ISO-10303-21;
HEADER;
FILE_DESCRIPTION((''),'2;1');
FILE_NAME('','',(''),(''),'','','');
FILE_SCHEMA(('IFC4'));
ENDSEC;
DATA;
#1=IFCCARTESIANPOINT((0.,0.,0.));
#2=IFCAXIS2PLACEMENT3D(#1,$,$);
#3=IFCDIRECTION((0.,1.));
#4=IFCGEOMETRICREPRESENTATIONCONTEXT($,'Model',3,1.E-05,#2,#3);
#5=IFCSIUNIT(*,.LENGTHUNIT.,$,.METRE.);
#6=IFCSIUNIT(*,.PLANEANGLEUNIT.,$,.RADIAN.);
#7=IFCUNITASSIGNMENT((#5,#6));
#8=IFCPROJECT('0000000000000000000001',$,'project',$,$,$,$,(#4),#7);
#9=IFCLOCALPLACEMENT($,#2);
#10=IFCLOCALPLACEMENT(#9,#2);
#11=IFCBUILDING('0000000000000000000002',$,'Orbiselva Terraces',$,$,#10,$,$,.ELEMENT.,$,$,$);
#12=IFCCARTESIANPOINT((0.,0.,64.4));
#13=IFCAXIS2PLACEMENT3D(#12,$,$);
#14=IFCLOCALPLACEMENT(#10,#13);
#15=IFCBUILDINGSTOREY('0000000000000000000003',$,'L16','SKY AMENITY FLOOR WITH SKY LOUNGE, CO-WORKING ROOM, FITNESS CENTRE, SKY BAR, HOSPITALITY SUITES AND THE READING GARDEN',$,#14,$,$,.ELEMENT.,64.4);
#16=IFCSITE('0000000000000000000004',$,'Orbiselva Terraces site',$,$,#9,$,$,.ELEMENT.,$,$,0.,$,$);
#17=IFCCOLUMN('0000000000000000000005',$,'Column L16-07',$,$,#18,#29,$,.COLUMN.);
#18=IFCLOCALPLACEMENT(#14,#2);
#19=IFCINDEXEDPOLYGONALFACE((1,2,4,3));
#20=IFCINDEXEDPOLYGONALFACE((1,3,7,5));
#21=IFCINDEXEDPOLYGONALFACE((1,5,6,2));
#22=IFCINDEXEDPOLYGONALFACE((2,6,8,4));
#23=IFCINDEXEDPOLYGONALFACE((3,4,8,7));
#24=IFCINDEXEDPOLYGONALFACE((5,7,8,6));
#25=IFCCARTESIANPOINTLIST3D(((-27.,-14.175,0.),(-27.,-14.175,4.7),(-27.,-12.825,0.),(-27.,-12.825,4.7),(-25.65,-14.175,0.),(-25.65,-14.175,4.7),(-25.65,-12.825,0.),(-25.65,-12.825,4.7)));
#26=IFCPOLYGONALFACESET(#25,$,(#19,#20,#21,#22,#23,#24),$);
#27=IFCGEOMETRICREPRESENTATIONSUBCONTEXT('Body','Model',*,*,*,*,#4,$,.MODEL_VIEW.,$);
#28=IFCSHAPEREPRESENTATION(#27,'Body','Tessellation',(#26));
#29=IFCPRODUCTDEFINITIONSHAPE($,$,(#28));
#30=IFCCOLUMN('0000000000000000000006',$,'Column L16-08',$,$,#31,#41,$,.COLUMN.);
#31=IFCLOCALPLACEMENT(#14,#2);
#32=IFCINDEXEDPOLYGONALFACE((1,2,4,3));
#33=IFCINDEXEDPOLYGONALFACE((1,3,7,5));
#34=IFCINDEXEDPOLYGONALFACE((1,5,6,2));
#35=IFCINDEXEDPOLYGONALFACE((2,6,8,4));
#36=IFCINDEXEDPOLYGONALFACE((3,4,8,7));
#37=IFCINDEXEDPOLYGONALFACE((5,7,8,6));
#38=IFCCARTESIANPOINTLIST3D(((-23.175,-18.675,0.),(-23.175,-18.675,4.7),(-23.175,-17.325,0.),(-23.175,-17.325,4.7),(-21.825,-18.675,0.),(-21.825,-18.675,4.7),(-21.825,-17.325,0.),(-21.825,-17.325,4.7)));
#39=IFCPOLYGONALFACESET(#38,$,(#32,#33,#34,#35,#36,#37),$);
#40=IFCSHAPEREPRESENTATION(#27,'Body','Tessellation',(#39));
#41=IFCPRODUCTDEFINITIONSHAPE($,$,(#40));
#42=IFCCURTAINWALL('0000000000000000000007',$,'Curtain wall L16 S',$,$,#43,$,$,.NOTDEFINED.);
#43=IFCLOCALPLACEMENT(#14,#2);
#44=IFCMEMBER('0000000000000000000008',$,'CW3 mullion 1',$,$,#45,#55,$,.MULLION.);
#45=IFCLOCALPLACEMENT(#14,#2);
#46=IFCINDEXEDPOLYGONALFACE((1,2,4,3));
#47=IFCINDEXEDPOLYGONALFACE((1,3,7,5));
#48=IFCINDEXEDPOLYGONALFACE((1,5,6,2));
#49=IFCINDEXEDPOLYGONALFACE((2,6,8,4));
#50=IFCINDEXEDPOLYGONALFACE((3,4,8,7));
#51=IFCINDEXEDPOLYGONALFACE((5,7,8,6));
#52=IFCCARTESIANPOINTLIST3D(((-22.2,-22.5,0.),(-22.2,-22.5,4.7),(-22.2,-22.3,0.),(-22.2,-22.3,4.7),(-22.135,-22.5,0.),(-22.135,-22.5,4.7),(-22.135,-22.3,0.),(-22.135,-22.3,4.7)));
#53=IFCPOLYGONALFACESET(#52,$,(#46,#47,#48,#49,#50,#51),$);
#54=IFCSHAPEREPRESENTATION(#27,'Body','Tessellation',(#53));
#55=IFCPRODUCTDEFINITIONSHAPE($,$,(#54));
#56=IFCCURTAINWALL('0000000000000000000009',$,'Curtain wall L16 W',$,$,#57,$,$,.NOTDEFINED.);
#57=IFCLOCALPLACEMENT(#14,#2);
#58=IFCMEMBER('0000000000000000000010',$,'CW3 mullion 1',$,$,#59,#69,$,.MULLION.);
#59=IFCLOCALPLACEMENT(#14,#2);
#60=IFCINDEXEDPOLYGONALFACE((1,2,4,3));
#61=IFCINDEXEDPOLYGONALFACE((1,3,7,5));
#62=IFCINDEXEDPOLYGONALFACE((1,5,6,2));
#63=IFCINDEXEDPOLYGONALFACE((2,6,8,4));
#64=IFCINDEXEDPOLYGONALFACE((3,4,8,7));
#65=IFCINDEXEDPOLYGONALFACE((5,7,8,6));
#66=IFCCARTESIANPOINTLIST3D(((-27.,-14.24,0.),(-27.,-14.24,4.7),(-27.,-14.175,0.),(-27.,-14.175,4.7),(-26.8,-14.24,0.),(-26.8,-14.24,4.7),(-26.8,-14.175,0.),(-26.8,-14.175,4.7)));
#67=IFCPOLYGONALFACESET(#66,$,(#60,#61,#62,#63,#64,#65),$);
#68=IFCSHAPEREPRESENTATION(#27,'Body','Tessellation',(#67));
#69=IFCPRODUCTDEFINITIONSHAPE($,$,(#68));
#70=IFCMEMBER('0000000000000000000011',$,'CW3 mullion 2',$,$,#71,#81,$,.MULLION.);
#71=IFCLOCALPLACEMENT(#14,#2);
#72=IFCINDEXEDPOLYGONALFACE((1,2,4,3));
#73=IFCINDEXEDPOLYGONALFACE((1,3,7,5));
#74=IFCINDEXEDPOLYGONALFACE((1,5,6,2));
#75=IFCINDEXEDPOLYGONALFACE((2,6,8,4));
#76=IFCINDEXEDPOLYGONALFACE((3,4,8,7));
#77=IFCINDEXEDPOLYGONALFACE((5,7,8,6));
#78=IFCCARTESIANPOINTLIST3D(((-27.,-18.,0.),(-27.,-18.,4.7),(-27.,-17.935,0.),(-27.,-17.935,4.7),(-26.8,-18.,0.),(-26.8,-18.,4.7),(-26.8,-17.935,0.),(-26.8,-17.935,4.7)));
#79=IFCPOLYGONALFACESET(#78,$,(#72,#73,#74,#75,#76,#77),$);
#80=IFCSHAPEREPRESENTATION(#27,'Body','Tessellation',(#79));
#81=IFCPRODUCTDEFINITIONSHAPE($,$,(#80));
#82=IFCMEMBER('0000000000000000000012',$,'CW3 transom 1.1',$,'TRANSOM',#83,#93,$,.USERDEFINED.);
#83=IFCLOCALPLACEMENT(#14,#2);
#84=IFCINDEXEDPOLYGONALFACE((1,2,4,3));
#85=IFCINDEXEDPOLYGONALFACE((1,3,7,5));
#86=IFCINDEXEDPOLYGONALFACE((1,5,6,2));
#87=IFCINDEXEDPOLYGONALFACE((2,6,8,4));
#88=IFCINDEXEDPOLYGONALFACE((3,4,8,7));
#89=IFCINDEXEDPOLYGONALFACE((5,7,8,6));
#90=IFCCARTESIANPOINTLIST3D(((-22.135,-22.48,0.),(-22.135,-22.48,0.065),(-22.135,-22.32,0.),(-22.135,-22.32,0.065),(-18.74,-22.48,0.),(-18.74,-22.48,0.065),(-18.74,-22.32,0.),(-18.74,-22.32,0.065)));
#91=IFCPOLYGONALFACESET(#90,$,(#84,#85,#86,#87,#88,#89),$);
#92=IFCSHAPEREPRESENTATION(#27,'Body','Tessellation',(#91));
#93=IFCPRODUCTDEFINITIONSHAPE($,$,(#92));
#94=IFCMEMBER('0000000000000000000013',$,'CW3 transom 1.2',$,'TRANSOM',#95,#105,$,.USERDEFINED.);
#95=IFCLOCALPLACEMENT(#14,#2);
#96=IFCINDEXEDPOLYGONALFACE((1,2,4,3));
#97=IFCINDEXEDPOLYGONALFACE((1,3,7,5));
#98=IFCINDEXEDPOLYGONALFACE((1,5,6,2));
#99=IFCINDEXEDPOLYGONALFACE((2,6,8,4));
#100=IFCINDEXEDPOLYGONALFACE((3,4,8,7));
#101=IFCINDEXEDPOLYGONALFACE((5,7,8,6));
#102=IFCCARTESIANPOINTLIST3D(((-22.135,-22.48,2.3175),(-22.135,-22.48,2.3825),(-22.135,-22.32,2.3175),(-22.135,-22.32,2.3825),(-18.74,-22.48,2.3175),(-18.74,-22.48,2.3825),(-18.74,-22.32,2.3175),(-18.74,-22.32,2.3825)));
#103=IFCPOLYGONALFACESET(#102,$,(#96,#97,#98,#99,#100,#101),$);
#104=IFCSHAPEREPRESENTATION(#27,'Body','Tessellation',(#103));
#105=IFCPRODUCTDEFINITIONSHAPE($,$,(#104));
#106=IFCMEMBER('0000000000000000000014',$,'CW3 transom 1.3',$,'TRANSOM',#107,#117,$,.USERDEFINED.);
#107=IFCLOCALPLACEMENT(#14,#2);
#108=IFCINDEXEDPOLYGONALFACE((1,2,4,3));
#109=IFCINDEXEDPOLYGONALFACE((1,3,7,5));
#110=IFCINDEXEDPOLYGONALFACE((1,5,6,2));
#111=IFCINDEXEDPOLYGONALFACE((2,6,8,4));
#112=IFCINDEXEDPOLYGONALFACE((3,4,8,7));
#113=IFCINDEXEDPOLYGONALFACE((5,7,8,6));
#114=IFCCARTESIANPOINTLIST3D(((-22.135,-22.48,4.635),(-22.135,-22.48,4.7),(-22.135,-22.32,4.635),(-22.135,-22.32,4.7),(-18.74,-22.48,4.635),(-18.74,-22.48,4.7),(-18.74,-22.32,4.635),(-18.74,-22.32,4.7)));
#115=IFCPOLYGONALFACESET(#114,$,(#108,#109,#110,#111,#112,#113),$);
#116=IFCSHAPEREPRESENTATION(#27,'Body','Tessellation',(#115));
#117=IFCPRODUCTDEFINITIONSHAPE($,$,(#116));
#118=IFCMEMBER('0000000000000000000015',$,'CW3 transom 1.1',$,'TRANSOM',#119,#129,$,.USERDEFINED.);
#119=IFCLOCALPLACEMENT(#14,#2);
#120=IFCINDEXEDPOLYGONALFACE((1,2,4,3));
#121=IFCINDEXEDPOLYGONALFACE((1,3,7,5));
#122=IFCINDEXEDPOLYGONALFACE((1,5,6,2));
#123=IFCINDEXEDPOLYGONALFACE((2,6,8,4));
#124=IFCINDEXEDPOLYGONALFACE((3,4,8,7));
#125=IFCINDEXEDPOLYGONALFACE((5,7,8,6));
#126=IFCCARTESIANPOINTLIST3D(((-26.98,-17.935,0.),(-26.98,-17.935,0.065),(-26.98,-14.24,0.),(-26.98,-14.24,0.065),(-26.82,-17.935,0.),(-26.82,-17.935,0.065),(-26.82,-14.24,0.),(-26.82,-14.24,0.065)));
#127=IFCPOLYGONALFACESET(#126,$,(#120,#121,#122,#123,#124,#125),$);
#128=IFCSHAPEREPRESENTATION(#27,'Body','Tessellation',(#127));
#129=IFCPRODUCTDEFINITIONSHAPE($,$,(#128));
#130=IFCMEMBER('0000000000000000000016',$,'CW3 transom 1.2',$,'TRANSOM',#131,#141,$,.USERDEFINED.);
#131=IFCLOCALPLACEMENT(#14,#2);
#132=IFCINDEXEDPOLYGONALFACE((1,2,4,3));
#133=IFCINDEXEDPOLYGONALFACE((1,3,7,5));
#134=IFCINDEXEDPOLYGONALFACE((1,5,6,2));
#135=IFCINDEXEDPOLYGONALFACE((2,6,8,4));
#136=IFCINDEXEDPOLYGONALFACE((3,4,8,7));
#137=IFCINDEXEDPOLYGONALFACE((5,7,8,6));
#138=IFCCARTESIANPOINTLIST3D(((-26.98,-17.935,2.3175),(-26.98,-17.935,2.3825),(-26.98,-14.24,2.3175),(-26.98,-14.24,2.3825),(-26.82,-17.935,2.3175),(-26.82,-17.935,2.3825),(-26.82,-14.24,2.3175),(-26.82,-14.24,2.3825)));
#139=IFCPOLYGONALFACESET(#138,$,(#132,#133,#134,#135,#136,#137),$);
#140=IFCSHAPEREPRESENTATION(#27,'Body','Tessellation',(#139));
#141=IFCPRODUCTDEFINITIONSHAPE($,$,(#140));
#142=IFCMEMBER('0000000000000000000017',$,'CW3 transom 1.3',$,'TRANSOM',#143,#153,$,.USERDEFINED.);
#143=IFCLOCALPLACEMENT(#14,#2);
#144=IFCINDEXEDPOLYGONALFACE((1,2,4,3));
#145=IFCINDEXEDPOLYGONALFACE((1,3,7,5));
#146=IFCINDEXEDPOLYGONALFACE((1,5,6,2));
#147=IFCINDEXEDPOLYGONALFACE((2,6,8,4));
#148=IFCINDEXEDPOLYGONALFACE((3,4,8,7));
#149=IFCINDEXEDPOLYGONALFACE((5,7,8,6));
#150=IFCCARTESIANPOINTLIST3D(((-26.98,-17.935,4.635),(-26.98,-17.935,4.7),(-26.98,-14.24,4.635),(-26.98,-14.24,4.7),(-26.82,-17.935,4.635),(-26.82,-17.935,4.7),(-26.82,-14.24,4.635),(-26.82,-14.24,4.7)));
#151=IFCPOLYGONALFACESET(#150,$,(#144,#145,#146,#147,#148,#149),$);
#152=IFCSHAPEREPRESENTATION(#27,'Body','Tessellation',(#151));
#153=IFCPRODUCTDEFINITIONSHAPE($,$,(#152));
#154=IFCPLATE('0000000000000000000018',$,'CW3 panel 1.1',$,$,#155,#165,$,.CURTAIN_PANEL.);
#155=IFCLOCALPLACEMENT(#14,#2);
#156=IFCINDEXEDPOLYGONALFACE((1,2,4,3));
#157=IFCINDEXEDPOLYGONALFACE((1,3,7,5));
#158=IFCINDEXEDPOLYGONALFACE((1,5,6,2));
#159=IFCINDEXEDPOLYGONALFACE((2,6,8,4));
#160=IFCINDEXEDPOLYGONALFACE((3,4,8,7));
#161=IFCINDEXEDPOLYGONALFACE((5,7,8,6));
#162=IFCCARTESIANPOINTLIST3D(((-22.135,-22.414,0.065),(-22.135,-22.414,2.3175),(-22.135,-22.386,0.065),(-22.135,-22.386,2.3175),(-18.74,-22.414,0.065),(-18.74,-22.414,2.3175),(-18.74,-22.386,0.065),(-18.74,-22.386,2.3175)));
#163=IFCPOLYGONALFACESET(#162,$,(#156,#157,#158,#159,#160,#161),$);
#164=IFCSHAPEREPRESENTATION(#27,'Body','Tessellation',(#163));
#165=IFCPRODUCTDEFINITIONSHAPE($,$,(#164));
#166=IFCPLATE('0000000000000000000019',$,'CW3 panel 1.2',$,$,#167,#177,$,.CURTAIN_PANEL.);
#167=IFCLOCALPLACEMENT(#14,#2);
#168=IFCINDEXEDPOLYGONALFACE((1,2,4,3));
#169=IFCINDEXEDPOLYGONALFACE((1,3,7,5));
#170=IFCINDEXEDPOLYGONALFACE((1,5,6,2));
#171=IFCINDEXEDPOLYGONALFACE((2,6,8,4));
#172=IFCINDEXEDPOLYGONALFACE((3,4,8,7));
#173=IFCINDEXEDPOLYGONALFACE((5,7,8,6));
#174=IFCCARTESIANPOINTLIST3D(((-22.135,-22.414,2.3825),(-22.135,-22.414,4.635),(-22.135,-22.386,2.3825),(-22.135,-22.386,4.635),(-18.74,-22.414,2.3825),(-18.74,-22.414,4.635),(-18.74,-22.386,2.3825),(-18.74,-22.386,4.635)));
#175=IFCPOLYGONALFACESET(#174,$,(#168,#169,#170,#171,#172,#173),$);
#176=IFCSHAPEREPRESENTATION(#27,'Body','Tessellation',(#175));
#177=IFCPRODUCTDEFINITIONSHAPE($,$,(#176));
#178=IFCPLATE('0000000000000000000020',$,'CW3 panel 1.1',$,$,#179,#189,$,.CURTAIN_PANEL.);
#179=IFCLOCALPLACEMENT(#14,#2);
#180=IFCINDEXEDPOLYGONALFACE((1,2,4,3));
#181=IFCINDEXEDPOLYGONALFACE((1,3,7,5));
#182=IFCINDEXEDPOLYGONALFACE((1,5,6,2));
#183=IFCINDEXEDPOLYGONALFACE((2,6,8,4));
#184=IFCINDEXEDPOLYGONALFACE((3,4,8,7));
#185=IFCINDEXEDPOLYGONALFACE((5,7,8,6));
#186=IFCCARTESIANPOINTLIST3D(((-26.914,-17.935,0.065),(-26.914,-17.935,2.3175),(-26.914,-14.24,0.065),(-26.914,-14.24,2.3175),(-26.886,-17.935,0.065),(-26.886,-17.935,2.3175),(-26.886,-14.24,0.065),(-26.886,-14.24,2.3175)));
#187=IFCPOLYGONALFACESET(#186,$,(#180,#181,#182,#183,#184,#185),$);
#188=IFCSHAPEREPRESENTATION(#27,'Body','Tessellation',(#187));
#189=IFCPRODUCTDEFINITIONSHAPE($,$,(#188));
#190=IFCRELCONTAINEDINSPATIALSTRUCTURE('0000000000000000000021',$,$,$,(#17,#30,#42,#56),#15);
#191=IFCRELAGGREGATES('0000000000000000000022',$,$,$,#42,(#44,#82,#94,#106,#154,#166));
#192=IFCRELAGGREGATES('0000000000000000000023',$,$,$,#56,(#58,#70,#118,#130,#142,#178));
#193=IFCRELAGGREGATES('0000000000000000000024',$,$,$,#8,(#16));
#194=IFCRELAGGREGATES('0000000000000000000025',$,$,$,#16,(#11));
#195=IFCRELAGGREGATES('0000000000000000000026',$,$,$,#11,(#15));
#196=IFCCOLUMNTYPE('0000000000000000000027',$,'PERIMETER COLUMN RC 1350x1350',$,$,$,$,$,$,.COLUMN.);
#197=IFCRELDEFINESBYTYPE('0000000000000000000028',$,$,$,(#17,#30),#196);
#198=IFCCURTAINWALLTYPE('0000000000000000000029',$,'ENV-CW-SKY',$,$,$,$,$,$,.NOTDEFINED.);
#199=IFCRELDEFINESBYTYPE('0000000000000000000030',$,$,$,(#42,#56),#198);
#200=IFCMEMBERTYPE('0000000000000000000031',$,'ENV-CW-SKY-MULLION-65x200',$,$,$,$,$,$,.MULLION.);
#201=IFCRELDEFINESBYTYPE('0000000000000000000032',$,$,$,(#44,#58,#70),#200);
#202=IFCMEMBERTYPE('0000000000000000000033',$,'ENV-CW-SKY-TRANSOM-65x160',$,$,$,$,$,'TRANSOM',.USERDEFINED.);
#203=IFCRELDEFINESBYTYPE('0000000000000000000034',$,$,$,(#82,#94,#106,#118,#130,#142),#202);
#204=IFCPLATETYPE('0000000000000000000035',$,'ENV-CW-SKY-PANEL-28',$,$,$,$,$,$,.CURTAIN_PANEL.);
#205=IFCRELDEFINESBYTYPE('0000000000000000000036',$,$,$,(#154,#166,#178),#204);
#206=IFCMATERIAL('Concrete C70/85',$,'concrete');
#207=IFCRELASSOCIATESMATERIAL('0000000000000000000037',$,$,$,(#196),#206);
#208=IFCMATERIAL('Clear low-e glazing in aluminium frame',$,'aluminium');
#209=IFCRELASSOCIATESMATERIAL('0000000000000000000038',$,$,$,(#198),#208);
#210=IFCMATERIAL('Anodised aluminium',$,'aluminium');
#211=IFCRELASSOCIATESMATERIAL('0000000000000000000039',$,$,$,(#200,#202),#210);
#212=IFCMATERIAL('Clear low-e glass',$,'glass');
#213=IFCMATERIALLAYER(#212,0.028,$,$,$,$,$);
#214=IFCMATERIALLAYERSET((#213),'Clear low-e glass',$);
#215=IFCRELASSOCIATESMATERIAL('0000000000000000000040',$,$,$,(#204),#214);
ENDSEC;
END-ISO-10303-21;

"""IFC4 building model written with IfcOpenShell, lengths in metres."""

from ifc_helpers import new_model, si_unit, direction, frame, origin, origin_2d, place, context, subcontext, project, spatial, rectangle, extrude, material, layer, layer_set, material_profile, profile_set, type_object, element, aggregate, save


model = new_model("IFC4")

# Units and contexts
model_context = context("Model", 3, precision=1e-05, world=origin(), true_north=direction((0.0, 1.0)))
body_context = subcontext(model_context, "Body", "Model", "MODEL_VIEW")
ifc_project = project(units=[si_unit("LENGTHUNIT", "METRE"), si_unit("PLANEANGLEUNIT", "RADIAN")], contexts=[model_context])

# Site, building, storey
site_placement = place(None, origin())
site = spatial("IfcSite", under=ifc_project, at=site_placement, Name="Orbiselva Terraces site", CompositionType="ELEMENT", RefElevation=0.0)
building_placement = place(site_placement, origin())
building = spatial("IfcBuilding", under=site, at=building_placement, Name="Orbiselva Terraces", CompositionType="ELEMENT")
storey_placement = place(building_placement, frame((0.0, 0.0, 64.4)))
storey = spatial("IfcBuildingStorey", under=building, at=storey_placement, Name="L16", Description="SKY AMENITY FLOOR WITH SKY LOUNGE, CO-WORKING ROOM, FITNESS CENTRE, SKY BAR, HOSPITALITY SUITES AND THE READING GARDEN", CompositionType="ELEMENT", Elevation=64.4)

# Columns
ifc_material_1 = material(Name="Concrete C70/85", Category="concrete")
ifc_material_profile_1 = material_profile(ifc_material_1, rectangle(XDim=1.35, YDim=1.35, at=origin_2d()), Name="RC 1350x1350")
ifc_profile_set_1 = profile_set([ifc_material_profile_1], Name="Concrete C70/85")
column_type = type_object("IfcColumnType", Name="PERIMETER COLUMN RC 1350x1350", PredefinedType="COLUMN", material=ifc_profile_set_1)
for number, where, z_axis, x_axis, name in (
    (1, (-26.325, -13.5, 0.0), (0.0, 0.0, 1.0), (1.0, 0.0, 0.0), "Column L16-07"),
    (2, (-22.5, -18.0, 0.0), (0.0, 0.0, 1.0), (1.0, 0.0, 0.0), "Column L16-08"),
):
    element("IfcColumn", number, at=place(storey_placement, frame(where, z_axis=z_axis, x_axis=x_axis)), inside=storey, type_object=column_type, Name=name, PredefinedType="COLUMN", context=body_context, shape_type="SweptSolid", body=[
        extrude(rectangle(XDim=1.35, YDim=1.35, at=origin_2d()), origin(), (0.0, 0.0, 1.0), 4.7),
    ])

# Curtain wall, member
ifc_material_2 = material(Name="Clear low-e glazing in aluminium frame", Category="aluminium")
curtain_wall_type = type_object("IfcCurtainWallType", Name="ENV-CW-SKY", PredefinedType="NOTDEFINED", material=ifc_material_2)
curtain_wall_1_placement = place(storey_placement, origin())
curtain_wall_1 = element("IfcCurtainWall", 3, at=curtain_wall_1_placement, inside=storey, type_object=curtain_wall_type, Name="Curtain wall L16 S", PredefinedType="NOTDEFINED")
ifc_material_3 = material(Name="Anodised aluminium", Category="aluminium")
ifc_material_profile_2 = material_profile(ifc_material_3, rectangle(XDim=0.2, YDim=0.065, at=origin_2d()), Name="AL 65x200")
ifc_profile_set_2 = profile_set([ifc_material_profile_2], Name="Anodised aluminium")
member_type_1 = type_object("IfcMemberType", Name="ENV-CW-SKY-MULLION-65x200", PredefinedType="MULLION", material=ifc_profile_set_2)
member_1_placement = place(storey_placement, frame((-22.1675, -22.4, 0.0), z_axis=(0.0, 0.0, 1.0), x_axis=(0.0, 1.0, 0.0)))
member_1 = element("IfcMember", 4, at=member_1_placement, type_object=member_type_1, Name="CW3 mullion 1", PredefinedType="MULLION", context=body_context, shape_type="SweptSolid", body=[
    extrude(rectangle(XDim=0.2, YDim=0.065, at=origin_2d()), origin(), (0.0, 0.0, 1.0), 4.7),
])

# Curtain wall, members
curtain_wall_2_placement = place(storey_placement, origin())
curtain_wall_2 = element("IfcCurtainWall", 5, at=curtain_wall_2_placement, inside=storey, type_object=curtain_wall_type, Name="Curtain wall L16 W", PredefinedType="NOTDEFINED")
member_2_placement = place(storey_placement, frame((-26.9, -14.2075, 0.0), z_axis=(0.0, 0.0, 1.0), x_axis=(1.0, 0.0, 0.0)))
member_2 = element("IfcMember", 6, at=member_2_placement, type_object=member_type_1, Name="CW3 mullion 1", PredefinedType="MULLION", context=body_context, shape_type="SweptSolid", body=[
    extrude(rectangle(XDim=0.2, YDim=0.065, at=origin_2d()), origin(), (0.0, 0.0, 1.0), 4.7),
])
member_3_placement = place(storey_placement, frame((-26.9, -17.9675, 0.0), z_axis=(0.0, 0.0, 1.0), x_axis=(1.0, 0.0, 0.0)))
member_3 = element("IfcMember", 7, at=member_3_placement, type_object=member_type_1, Name="CW3 mullion 2", PredefinedType="MULLION", context=body_context, shape_type="SweptSolid", body=[
    extrude(rectangle(XDim=0.2, YDim=0.065, at=origin_2d()), origin(), (0.0, 0.0, 1.0), 4.7),
])

# Members
ifc_material_profile_3 = material_profile(ifc_material_3, rectangle(XDim=0.16, YDim=0.065, at=origin_2d()), Name="AL 65x160")
ifc_profile_set_3 = profile_set([ifc_material_profile_3], Name="Anodised aluminium")
member_type_2 = type_object("IfcMemberType", Name="ENV-CW-SKY-TRANSOM-65x160", ElementType="TRANSOM", PredefinedType="USERDEFINED", material=ifc_profile_set_3)
member_4_placement = place(storey_placement, frame((-22.135, -22.4, 0.0325), z_axis=(1.0, 0.0, 0.0), x_axis=(0.0, 1.0, 0.0)))
member_4 = element("IfcMember", 8, at=member_4_placement, type_object=member_type_2, Name="CW3 transom 1.1", ObjectType="TRANSOM", PredefinedType="USERDEFINED", context=body_context, shape_type="SweptSolid", body=[
    extrude(rectangle(XDim=0.16, YDim=0.065, at=origin_2d()), origin(), (0.0, 0.0, 1.0), 3.395),
])
member_5_placement = place(storey_placement, frame((-22.135, -22.4, 2.35), z_axis=(1.0, 0.0, 0.0), x_axis=(0.0, 1.0, 0.0)))
member_5 = element("IfcMember", 9, at=member_5_placement, type_object=member_type_2, Name="CW3 transom 1.2", ObjectType="TRANSOM", PredefinedType="USERDEFINED", context=body_context, shape_type="SweptSolid", body=[
    extrude(rectangle(XDim=0.16, YDim=0.065, at=origin_2d()), origin(), (0.0, 0.0, 1.0), 3.395),
])
member_6_placement = place(storey_placement, frame((-22.135, -22.4, 4.6675), z_axis=(1.0, 0.0, 0.0), x_axis=(0.0, 1.0, 0.0)))
member_6 = element("IfcMember", 10, at=member_6_placement, type_object=member_type_2, Name="CW3 transom 1.3", ObjectType="TRANSOM", PredefinedType="USERDEFINED", context=body_context, shape_type="SweptSolid", body=[
    extrude(rectangle(XDim=0.16, YDim=0.065, at=origin_2d()), origin(), (0.0, 0.0, 1.0), 3.395),
])
member_7_placement = place(storey_placement, frame((-26.9, -14.24, 0.0325), z_axis=(0.0, -1.0, 0.0), x_axis=(1.0, 0.0, 0.0)))
member_7 = element("IfcMember", 11, at=member_7_placement, type_object=member_type_2, Name="CW3 transom 1.1", ObjectType="TRANSOM", PredefinedType="USERDEFINED", context=body_context, shape_type="SweptSolid", body=[
    extrude(rectangle(XDim=0.16, YDim=0.065, at=origin_2d()), origin(), (0.0, 0.0, 1.0), 3.695),
])
member_8_placement = place(storey_placement, frame((-26.9, -14.24, 2.35), z_axis=(0.0, -1.0, 0.0), x_axis=(1.0, 0.0, 0.0)))
member_8 = element("IfcMember", 12, at=member_8_placement, type_object=member_type_2, Name="CW3 transom 1.2", ObjectType="TRANSOM", PredefinedType="USERDEFINED", context=body_context, shape_type="SweptSolid", body=[
    extrude(rectangle(XDim=0.16, YDim=0.065, at=origin_2d()), origin(), (0.0, 0.0, 1.0), 3.695),
])
member_9_placement = place(storey_placement, frame((-26.9, -14.24, 4.6675), z_axis=(0.0, -1.0, 0.0), x_axis=(1.0, 0.0, 0.0)))
member_9 = element("IfcMember", 13, at=member_9_placement, type_object=member_type_2, Name="CW3 transom 1.3", ObjectType="TRANSOM", PredefinedType="USERDEFINED", context=body_context, shape_type="SweptSolid", body=[
    extrude(rectangle(XDim=0.16, YDim=0.065, at=origin_2d()), origin(), (0.0, 0.0, 1.0), 3.695),
])

# Plates
ifc_material_4 = material(Name="Clear low-e glass", Category="glass")
ifc_layer_1 = layer(ifc_material_4, 0.028)
ifc_layer_set_1 = layer_set([ifc_layer_1], Name="Clear low-e glass")
plate_type = type_object("IfcPlateType", Name="ENV-CW-SKY-PANEL-28", PredefinedType="CURTAIN_PANEL", material=ifc_layer_set_1)
plate_1_placement = place(storey_placement, frame((-20.4375, -22.4, 0.065), z_axis=(0.0, 0.0, 1.0), x_axis=(1.0, 0.0, 0.0)))
plate_1 = element("IfcPlate", 14, at=plate_1_placement, type_object=plate_type, Name="CW3 panel 1.1", PredefinedType="CURTAIN_PANEL", context=body_context, shape_type="SweptSolid", body=[
    extrude(rectangle(XDim=3.395, YDim=0.028, at=origin_2d()), origin(), (0.0, 0.0, 1.0), 2.2525),
])
plate_2_placement = place(storey_placement, frame((-20.4375, -22.4, 2.3825), z_axis=(0.0, 0.0, 1.0), x_axis=(1.0, 0.0, 0.0)))
plate_2 = element("IfcPlate", 15, at=plate_2_placement, type_object=plate_type, Name="CW3 panel 1.2", PredefinedType="CURTAIN_PANEL", context=body_context, shape_type="SweptSolid", body=[
    extrude(rectangle(XDim=3.395, YDim=0.028, at=origin_2d()), origin(), (0.0, 0.0, 1.0), 2.2525),
])
aggregate(curtain_wall_1, [member_1, member_4, member_5, member_6, plate_1, plate_2])
plate_3_placement = place(storey_placement, frame((-26.9, -16.0875, 0.065), z_axis=(0.0, 0.0, 1.0), x_axis=(0.0, -1.0, 0.0)))
plate_3 = element("IfcPlate", 16, at=plate_3_placement, type_object=plate_type, Name="CW3 panel 1.1", PredefinedType="CURTAIN_PANEL", context=body_context, shape_type="SweptSolid", body=[
    extrude(rectangle(XDim=3.695, YDim=0.028, at=origin_2d()), origin(), (0.0, 0.0, 1.0), 2.2525),
])
aggregate(curtain_wall_2, [member_2, member_3, member_7, member_8, member_9, plate_3])

save(model, "model.ifc")
